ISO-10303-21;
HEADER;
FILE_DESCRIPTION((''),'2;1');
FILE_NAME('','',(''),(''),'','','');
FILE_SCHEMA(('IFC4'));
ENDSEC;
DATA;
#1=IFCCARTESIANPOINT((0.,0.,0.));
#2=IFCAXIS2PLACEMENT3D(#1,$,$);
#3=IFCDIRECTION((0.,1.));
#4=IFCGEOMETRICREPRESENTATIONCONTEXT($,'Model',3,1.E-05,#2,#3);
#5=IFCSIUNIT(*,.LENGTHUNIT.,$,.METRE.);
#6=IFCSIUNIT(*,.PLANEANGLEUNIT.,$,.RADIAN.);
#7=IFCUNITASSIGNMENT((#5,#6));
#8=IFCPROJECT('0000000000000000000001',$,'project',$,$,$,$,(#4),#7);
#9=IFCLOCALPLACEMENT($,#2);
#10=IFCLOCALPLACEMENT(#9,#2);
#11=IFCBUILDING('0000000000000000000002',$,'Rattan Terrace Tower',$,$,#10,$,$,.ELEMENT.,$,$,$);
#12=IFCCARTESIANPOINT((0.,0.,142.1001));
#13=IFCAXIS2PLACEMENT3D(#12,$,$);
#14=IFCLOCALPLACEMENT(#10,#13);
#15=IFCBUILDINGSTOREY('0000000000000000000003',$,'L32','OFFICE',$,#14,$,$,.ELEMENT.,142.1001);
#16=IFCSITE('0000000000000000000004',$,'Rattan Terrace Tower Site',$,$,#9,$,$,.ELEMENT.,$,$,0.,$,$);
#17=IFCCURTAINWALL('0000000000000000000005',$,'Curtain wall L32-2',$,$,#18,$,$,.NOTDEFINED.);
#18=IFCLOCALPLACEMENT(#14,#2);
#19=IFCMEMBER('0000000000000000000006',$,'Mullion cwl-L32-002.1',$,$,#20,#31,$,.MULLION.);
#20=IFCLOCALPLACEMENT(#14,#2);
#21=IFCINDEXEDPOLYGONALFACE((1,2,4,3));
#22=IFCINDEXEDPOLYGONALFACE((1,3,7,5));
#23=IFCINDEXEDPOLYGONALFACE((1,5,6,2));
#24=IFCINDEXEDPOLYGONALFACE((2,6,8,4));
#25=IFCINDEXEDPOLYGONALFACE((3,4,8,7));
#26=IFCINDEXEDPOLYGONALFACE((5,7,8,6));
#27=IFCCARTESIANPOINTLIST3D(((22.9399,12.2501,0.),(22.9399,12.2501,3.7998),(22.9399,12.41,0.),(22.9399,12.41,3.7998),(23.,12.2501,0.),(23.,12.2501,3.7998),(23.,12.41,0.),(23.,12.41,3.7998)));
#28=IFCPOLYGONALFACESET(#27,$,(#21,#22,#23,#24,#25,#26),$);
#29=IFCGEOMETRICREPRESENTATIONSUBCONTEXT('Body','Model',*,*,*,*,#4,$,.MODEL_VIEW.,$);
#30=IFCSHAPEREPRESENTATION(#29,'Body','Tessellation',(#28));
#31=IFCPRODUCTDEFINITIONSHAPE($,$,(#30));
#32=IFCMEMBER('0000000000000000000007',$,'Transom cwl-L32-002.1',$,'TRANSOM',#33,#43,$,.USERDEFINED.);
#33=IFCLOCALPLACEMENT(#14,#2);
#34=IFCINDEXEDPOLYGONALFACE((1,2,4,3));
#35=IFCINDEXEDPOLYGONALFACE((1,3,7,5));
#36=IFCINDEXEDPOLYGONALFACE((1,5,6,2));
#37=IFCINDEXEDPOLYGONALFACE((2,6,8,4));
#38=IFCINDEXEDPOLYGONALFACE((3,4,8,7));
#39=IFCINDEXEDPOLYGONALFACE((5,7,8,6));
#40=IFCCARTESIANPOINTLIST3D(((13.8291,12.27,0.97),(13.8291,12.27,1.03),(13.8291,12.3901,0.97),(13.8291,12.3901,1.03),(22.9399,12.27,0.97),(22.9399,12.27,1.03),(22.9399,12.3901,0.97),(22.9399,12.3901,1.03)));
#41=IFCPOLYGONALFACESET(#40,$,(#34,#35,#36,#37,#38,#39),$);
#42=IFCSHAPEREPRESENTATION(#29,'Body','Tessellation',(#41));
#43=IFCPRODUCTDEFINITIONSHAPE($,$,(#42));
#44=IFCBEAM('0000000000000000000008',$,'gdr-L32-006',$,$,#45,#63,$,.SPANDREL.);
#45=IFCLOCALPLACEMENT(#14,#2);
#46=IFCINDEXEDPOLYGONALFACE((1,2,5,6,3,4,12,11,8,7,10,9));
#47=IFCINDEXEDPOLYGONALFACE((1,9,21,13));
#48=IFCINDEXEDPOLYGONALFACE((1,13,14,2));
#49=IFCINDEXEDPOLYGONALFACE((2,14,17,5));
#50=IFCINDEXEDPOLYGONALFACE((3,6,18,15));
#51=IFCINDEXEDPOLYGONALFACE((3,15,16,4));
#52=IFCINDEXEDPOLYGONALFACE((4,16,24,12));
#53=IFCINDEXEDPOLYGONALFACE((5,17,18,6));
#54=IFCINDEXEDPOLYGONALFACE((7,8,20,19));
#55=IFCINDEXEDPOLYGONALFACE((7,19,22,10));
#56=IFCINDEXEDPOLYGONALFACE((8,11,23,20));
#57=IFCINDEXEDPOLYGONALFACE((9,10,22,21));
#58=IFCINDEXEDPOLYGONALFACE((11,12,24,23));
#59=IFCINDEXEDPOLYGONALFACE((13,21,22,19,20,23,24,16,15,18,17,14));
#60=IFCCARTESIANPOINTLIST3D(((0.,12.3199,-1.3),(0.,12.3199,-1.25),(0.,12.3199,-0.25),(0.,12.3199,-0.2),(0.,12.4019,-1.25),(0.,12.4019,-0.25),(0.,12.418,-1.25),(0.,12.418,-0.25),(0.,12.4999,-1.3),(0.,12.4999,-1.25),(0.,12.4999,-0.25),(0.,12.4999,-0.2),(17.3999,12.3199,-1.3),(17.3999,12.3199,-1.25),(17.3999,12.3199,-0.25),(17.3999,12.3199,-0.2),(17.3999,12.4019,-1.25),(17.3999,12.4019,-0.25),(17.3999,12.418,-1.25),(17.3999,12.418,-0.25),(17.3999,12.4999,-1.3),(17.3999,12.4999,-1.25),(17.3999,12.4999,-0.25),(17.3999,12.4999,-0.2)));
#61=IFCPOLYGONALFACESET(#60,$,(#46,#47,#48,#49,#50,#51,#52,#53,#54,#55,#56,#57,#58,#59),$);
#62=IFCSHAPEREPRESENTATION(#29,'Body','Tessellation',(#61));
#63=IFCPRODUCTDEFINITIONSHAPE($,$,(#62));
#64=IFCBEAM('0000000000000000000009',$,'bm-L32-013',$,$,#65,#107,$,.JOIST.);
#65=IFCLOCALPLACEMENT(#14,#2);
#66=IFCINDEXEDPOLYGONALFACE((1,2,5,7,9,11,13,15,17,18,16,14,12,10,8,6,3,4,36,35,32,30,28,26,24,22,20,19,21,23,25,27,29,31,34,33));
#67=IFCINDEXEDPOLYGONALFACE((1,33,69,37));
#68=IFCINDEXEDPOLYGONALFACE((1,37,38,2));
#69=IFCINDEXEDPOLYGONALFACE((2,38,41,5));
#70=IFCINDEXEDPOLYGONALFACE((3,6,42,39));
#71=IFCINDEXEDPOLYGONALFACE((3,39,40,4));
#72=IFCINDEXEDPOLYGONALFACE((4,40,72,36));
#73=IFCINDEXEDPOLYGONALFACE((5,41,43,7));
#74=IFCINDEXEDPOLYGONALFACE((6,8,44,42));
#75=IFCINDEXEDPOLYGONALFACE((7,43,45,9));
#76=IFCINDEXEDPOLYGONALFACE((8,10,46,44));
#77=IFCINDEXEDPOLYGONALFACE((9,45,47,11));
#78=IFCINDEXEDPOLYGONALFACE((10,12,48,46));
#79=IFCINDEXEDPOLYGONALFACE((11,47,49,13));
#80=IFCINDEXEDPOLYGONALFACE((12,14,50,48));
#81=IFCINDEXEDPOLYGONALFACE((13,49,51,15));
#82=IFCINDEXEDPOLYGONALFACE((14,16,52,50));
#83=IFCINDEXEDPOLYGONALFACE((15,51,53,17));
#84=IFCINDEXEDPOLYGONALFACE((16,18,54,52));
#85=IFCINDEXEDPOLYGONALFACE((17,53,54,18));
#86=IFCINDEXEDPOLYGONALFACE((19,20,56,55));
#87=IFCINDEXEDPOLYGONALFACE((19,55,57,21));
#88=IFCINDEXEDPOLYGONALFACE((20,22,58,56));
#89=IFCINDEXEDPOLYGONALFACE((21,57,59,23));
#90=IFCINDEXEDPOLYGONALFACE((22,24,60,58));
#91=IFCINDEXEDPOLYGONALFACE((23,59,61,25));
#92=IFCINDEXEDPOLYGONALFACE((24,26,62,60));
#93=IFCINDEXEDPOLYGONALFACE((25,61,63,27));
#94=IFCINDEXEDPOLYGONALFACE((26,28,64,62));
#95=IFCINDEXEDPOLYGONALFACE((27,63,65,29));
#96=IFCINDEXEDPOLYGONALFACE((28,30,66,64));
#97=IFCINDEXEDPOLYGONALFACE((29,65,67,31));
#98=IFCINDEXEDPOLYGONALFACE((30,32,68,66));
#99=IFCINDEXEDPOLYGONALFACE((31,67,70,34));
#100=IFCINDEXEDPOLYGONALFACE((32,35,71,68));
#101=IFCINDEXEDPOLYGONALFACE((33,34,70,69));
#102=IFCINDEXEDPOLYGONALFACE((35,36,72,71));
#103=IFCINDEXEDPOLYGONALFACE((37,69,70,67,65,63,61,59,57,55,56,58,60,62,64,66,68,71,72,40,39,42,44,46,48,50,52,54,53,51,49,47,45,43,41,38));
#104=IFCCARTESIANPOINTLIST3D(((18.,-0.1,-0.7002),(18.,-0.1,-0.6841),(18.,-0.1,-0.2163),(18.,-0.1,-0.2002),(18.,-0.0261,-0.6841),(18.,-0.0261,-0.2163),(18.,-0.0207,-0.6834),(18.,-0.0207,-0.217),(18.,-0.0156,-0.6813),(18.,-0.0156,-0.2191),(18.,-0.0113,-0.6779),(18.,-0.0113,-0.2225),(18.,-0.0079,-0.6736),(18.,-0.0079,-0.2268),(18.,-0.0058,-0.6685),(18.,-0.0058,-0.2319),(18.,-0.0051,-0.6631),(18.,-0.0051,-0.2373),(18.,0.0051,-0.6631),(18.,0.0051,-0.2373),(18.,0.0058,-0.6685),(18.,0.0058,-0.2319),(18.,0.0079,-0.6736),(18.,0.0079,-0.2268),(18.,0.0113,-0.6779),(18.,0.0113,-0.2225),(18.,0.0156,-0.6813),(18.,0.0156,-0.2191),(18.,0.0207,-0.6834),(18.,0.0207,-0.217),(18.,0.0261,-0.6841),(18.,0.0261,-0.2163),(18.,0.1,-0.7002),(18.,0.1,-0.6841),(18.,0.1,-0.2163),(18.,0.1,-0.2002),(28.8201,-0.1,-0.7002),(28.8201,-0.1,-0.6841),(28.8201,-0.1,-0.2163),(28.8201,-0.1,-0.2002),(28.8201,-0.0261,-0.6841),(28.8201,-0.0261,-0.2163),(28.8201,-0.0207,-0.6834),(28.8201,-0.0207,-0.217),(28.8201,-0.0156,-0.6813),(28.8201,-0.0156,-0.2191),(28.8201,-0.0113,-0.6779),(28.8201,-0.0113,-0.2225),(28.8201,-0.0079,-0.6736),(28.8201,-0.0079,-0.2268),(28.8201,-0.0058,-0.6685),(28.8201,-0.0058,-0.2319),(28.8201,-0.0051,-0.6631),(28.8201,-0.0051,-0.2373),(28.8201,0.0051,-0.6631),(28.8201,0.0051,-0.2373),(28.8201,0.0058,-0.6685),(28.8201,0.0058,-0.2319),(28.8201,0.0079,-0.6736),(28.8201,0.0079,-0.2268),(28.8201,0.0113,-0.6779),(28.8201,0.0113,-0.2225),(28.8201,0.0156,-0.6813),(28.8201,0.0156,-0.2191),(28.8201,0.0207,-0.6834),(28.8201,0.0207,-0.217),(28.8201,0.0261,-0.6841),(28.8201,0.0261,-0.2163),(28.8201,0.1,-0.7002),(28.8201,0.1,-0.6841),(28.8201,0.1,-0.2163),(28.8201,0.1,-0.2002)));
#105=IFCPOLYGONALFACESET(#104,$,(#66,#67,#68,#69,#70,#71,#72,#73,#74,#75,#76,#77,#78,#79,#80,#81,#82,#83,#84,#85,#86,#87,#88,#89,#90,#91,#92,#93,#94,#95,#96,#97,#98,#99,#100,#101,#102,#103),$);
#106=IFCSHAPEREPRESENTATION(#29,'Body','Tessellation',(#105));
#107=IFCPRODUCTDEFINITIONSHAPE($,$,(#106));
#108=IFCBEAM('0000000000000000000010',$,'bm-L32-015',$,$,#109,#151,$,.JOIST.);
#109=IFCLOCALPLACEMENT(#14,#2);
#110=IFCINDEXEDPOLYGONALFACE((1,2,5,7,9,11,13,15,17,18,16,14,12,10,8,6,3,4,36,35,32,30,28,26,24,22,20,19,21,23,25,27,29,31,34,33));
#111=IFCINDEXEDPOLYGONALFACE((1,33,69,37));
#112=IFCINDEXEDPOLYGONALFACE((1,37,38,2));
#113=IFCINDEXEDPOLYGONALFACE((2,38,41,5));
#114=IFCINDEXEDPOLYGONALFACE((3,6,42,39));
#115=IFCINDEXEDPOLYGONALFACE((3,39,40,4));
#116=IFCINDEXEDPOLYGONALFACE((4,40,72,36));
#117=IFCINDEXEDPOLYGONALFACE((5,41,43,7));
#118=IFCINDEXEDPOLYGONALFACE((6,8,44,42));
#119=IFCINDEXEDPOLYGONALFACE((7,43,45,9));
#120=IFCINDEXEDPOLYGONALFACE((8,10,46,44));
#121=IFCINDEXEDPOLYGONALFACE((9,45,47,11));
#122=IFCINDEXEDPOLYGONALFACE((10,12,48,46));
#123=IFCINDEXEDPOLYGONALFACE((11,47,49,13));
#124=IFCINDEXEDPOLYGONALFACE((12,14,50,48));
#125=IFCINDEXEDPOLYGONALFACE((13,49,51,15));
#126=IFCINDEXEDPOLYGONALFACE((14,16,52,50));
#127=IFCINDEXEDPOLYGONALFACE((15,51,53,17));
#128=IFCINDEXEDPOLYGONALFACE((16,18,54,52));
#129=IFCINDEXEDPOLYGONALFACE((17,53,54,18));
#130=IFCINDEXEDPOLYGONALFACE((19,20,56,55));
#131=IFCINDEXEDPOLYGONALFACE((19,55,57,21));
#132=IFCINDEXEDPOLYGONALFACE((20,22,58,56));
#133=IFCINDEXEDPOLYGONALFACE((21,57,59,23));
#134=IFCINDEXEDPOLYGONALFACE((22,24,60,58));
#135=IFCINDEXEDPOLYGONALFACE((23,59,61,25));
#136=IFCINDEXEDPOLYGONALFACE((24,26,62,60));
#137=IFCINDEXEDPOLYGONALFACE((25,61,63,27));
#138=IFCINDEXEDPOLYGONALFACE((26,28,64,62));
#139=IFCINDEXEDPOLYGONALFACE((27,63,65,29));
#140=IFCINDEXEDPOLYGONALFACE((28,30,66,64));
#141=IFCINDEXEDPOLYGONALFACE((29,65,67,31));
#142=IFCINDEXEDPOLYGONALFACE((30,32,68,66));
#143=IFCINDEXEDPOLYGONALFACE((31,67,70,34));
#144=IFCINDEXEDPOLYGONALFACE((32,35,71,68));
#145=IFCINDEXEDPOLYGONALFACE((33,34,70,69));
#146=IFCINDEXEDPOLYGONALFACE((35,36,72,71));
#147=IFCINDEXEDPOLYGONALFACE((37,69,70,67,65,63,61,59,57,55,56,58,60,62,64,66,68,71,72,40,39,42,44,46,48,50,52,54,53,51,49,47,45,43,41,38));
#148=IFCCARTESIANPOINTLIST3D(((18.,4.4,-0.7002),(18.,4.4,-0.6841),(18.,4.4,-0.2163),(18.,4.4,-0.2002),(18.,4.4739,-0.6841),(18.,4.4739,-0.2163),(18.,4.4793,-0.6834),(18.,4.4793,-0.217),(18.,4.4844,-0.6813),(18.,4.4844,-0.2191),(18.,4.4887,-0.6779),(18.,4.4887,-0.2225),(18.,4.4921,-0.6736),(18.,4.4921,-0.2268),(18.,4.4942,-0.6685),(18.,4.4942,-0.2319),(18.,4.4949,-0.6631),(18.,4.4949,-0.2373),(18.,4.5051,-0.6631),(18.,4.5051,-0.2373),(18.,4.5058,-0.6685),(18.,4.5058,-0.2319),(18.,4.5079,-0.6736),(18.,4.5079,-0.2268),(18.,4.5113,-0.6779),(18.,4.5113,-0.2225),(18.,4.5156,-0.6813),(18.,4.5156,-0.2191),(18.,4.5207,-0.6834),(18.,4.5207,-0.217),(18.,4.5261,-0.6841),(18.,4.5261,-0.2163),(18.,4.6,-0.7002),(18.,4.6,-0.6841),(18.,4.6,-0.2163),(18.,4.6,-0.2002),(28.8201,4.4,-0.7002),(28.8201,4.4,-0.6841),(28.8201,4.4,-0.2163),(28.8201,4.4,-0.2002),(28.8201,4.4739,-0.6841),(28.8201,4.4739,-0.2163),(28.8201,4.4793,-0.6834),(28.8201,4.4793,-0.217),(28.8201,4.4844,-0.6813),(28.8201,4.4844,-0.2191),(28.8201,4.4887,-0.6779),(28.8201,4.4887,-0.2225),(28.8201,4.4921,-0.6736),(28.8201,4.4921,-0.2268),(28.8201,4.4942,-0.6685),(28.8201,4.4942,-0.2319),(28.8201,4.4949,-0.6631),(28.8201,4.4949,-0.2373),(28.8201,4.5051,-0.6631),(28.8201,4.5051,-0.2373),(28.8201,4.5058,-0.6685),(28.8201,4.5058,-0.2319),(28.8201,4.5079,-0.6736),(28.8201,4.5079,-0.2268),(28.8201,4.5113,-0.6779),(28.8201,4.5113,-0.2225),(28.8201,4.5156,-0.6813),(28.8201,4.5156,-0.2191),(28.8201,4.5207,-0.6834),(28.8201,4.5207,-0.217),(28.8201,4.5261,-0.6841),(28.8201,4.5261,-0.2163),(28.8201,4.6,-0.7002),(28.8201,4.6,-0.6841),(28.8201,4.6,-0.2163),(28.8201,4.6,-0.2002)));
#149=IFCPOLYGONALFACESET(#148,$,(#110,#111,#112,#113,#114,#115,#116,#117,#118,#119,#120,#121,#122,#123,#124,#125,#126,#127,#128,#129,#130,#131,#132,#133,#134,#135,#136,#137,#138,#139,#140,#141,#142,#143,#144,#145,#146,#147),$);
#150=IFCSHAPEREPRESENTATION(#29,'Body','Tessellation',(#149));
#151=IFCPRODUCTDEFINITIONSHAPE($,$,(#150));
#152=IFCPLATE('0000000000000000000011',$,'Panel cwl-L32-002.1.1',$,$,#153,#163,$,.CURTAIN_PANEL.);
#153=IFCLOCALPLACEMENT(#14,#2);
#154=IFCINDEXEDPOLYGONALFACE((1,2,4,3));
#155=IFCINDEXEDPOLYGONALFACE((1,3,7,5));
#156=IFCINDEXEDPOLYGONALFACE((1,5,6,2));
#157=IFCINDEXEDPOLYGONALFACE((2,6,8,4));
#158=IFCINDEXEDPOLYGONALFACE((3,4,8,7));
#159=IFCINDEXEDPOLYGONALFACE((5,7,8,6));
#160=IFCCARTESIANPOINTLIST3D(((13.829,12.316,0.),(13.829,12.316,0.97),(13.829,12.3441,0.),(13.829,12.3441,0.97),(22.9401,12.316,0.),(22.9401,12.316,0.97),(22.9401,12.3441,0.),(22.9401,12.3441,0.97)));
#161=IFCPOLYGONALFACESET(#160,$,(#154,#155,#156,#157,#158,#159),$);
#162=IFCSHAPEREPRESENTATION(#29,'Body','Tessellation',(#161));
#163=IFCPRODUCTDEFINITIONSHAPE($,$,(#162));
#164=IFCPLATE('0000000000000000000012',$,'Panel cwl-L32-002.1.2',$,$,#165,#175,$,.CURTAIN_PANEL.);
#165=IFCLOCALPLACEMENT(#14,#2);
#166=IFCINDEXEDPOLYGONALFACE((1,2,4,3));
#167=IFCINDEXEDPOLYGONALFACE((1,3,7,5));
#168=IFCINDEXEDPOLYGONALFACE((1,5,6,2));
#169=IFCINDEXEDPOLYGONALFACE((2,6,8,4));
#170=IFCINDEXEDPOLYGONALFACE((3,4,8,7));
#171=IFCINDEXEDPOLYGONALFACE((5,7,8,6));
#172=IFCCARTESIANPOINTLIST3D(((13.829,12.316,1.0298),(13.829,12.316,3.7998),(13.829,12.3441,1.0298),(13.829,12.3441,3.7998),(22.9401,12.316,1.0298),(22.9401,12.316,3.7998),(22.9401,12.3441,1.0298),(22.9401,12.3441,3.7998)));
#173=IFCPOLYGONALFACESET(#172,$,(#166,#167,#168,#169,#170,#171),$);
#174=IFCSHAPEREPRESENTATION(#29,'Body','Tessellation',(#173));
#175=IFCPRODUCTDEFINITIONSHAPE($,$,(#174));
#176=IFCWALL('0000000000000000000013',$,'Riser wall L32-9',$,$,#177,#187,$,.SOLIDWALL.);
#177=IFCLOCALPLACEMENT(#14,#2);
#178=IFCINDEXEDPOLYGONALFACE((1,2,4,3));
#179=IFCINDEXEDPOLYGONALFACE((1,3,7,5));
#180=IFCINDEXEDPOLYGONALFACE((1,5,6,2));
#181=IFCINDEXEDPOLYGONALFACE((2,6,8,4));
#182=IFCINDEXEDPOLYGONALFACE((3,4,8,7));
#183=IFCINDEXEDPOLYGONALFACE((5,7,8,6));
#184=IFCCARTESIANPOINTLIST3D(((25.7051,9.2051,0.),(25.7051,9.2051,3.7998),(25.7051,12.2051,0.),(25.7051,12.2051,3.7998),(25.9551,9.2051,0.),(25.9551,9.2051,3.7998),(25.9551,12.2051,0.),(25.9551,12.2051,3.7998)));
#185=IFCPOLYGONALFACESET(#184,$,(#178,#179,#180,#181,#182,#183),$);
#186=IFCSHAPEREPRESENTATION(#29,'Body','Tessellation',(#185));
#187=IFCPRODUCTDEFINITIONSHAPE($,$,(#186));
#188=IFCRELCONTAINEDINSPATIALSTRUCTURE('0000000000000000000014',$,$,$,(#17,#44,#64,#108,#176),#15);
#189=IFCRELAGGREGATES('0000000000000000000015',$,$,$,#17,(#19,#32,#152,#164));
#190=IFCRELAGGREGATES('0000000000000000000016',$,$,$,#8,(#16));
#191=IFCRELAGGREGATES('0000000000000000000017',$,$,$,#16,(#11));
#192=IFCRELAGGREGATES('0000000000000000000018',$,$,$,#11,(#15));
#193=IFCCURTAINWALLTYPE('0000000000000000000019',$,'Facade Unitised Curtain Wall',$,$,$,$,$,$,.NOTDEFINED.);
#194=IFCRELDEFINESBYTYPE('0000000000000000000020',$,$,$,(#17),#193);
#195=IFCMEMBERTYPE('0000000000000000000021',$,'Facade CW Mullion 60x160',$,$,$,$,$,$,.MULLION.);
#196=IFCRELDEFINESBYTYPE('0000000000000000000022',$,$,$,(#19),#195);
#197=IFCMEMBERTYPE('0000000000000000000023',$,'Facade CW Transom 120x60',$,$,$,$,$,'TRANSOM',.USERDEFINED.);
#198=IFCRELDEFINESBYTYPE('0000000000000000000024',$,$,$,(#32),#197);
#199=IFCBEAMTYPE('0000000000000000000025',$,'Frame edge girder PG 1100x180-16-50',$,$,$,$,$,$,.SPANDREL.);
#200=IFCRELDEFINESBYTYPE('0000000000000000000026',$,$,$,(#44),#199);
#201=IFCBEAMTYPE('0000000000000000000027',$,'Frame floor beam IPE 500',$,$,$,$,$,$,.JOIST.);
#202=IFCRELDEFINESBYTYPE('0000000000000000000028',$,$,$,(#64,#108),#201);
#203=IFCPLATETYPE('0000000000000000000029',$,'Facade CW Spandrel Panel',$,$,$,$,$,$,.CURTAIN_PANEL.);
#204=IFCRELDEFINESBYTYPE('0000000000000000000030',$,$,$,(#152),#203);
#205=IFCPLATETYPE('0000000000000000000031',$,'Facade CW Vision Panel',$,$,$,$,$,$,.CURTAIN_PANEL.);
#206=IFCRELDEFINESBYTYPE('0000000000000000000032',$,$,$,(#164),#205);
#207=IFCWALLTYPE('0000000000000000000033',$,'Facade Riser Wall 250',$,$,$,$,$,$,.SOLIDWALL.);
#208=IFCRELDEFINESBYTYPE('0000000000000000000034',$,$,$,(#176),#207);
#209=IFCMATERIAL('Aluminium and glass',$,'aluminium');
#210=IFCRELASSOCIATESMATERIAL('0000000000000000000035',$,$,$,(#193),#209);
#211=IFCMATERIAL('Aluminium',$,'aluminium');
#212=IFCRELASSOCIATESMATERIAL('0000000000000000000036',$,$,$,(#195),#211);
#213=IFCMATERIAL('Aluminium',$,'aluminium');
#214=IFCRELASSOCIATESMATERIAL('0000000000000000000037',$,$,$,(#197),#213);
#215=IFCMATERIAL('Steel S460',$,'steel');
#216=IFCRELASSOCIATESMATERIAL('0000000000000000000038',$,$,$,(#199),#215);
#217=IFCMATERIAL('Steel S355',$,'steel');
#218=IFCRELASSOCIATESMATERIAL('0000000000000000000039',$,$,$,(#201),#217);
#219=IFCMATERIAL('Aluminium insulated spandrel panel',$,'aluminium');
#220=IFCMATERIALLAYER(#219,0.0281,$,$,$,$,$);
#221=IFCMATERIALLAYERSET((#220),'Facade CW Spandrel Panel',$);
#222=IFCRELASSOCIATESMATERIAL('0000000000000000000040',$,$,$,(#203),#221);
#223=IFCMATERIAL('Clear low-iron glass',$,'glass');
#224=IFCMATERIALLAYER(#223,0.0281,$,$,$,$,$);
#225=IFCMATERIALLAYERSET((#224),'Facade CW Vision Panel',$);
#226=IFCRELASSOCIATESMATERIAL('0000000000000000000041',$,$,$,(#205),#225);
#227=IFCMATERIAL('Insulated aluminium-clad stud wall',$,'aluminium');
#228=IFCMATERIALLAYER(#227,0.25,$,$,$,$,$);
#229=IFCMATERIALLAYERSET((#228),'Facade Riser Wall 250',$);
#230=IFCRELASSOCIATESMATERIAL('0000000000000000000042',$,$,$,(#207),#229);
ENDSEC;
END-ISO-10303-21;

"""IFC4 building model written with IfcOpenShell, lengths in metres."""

from ifc_helpers import new_model, si_unit, direction, frame, frame_2d, origin, origin_2d, place, context, subcontext, project, spatial, rectangle, i_section, extrude, material, layer, layer_set, material_profile, profile_set, type_object, element, aggregate, save


model = new_model("IFC4")

# Units and contexts
model_context = context("Model", 3, precision=1e-05, world=origin(), true_north=direction((0.0, 1.0)))
body_context = subcontext(model_context, "Body", "Model", "MODEL_VIEW")
ifc_project = project(units=[si_unit("LENGTHUNIT", "METRE"), si_unit("PLANEANGLEUNIT", "RADIAN")], contexts=[model_context])

# Site, building, storey
site_placement = place(None, origin())
site = spatial("IfcSite", under=ifc_project, at=site_placement, Name="Rattan Terrace Tower Site", CompositionType="ELEMENT", RefElevation=0.0)
building_placement = place(site_placement, origin())
building = spatial("IfcBuilding", under=site, at=building_placement, Name="Rattan Terrace Tower", CompositionType="ELEMENT")
storey_placement = place(building_placement, frame((0.0, 0.0, 142.1001)))
storey = spatial("IfcBuildingStorey", under=building, at=storey_placement, Name="L32", Description="OFFICE", CompositionType="ELEMENT", Elevation=142.1001)

# Curtain wall, members
ifc_material_1 = material(Name="Aluminium and glass", Category="aluminium")
curtain_wall_type = type_object("IfcCurtainWallType", Name="Facade Unitised Curtain Wall", PredefinedType="NOTDEFINED", material=ifc_material_1)
curtain_wall_placement = place(storey_placement, origin())
curtain_wall = element("IfcCurtainWall", 1, at=curtain_wall_placement, inside=storey, type_object=curtain_wall_type, Name="Curtain wall L32-2", PredefinedType="NOTDEFINED")
ifc_material_2 = material(Name="Aluminium", Category="aluminium")
ifc_material_profile_1 = material_profile(ifc_material_2, rectangle(XDim=0.0601, YDim=0.1599, at=origin_2d()), Name="Aluminium 60x160")
ifc_profile_set_1 = profile_set([ifc_material_profile_1], Name="Aluminium")
member_type_1 = type_object("IfcMemberType", Name="Facade CW Mullion 60x160", PredefinedType="MULLION", material=ifc_profile_set_1)
member_1_placement = place(storey_placement, frame((22.97, 12.3301, 0.0), z_axis=(0.0, 0.0, 1.0), x_axis=(-1.0, 0.0, 0.0)))
member_1 = element("IfcMember", 2, at=member_1_placement, type_object=member_type_1, Name="Mullion cwl-L32-002.1", PredefinedType="MULLION", context=body_context, shape_type="SweptSolid", body=[
    extrude(rectangle(XDim=0.0601, YDim=0.1599, at=origin_2d()), origin(), (0.0, 0.0, 1.0), 3.7998),
])
ifc_material_3 = material(Name="Aluminium", Category="aluminium")
ifc_material_profile_2 = material_profile(ifc_material_3, rectangle(XDim=0.1201, YDim=0.0601, at=origin_2d()), Name="Aluminium 120x60")
ifc_profile_set_2 = profile_set([ifc_material_profile_2], Name="Aluminium")
member_type_2 = type_object("IfcMemberType", Name="Facade CW Transom 120x60", ElementType="TRANSOM", PredefinedType="USERDEFINED", material=ifc_profile_set_2)
member_2_placement = place(storey_placement, frame((22.9399, 12.3301, 1.0), z_axis=(-1.0, 0.0, 0.0), x_axis=(0.0, -1.0, 0.0)))
member_2 = element("IfcMember", 3, at=member_2_placement, type_object=member_type_2, Name="Transom cwl-L32-002.1", ObjectType="TRANSOM", PredefinedType="USERDEFINED", context=body_context, shape_type="SweptSolid", body=[
    extrude(rectangle(XDim=0.1201, YDim=0.0601, at=origin_2d()), origin(), (0.0, 0.0, 1.0), 9.1108),
])

# Beams
ifc_material_4 = material(Name="Steel S460", Category="steel")
ifc_material_profile_3 = material_profile(ifc_material_4, i_section(OverallWidth=0.1799, OverallDepth=1.1001, WebThickness=0.0161, FlangeThickness=0.05, at=origin_2d()), Name="PG 1100x180-16-50")
ifc_profile_set_3 = profile_set([ifc_material_profile_3], Name="Steel S460")
beam_type_1 = type_object("IfcBeamType", Name="Frame edge girder PG 1100x180-16-50", PredefinedType="SPANDREL", material=ifc_profile_set_3)
beam_placement = place(storey_placement, frame((17.3999, 12.4099, -0.75), z_axis=(-1.0, 0.0, 0.0), x_axis=(0.0, -1.0, 0.0)))
element("IfcBeam", 4, at=beam_placement, inside=storey, type_object=beam_type_1, Name="gdr-L32-006", PredefinedType="SPANDREL", context=body_context, shape_type="SweptSolid", body=[
    extrude(i_section(OverallWidth=0.1799, OverallDepth=1.1001, WebThickness=0.0161, FlangeThickness=0.05, at=origin_2d()), origin(), (0.0, 0.0, 1.0), 17.3999),
])
ifc_material_5 = material(Name="Steel S355", Category="steel")
ifc_material_profile_4 = material_profile(ifc_material_5, i_section(OverallWidth=0.2, OverallDepth=0.5, WebThickness=0.0103, FlangeThickness=0.0161, FilletRadius=0.021, at=origin_2d()), Name="IPE 500")
ifc_profile_set_4 = profile_set([ifc_material_profile_4], Name="Steel S355")
beam_type_2 = type_object("IfcBeamType", Name="Frame floor beam IPE 500", PredefinedType="JOIST", material=ifc_profile_set_4)
for number, where, z_axis, x_axis, name in (
    (5, (18.0, 0.0, -0.4502), (1.0, 0.0, 0.0), (0.0, 1.0, 0.0), "bm-L32-013"),
    (6, (18.0, 4.5, -0.4502), (1.0, 0.0, 0.0), (0.0, 1.0, 0.0), "bm-L32-015"),
):
    element("IfcBeam", number, at=place(storey_placement, frame(where, z_axis=z_axis, x_axis=x_axis)), inside=storey, type_object=beam_type_2, Name=name, PredefinedType="JOIST", context=body_context, shape_type="SweptSolid", body=[
        extrude(i_section(OverallWidth=0.2, OverallDepth=0.5, WebThickness=0.0103, FlangeThickness=0.0161, FilletRadius=0.021, at=origin_2d()), origin(), (0.0, 0.0, 1.0), 10.8201),
    ])

# Plates
ifc_material_6 = material(Name="Aluminium insulated spandrel panel", Category="aluminium")
ifc_layer_1 = layer(ifc_material_6, 0.0281)
ifc_layer_set_1 = layer_set([ifc_layer_1], Name="Facade CW Spandrel Panel")
plate_type_1 = type_object("IfcPlateType", Name="Facade CW Spandrel Panel", PredefinedType="CURTAIN_PANEL", material=ifc_layer_set_1)
plate_1_placement = place(storey_placement, frame((18.3845, 12.3301, 0.0), z_axis=(0.0, 0.0, 1.0), x_axis=(-1.0, 0.0, 0.0)))
plate_1 = element("IfcPlate", 7, at=plate_1_placement, type_object=plate_type_1, Name="Panel cwl-L32-002.1.1", PredefinedType="CURTAIN_PANEL", context=body_context, shape_type="SweptSolid", body=[
    extrude(rectangle(XDim=9.1111, YDim=0.0281, at=origin_2d()), origin(), (0.0, 0.0, 1.0), 0.97),
])
ifc_material_7 = material(Name="Clear low-iron glass", Category="glass")
ifc_layer_2 = layer(ifc_material_7, 0.0281)
ifc_layer_set_2 = layer_set([ifc_layer_2], Name="Facade CW Vision Panel")
plate_type_2 = type_object("IfcPlateType", Name="Facade CW Vision Panel", PredefinedType="CURTAIN_PANEL", material=ifc_layer_set_2)
plate_2_placement = place(storey_placement, frame((18.3845, 12.3301, 1.0298), z_axis=(0.0, 0.0, 1.0), x_axis=(-1.0, 0.0, 0.0)))
plate_2 = element("IfcPlate", 8, at=plate_2_placement, type_object=plate_type_2, Name="Panel cwl-L32-002.1.2", PredefinedType="CURTAIN_PANEL", context=body_context, shape_type="SweptSolid", body=[
    extrude(rectangle(XDim=9.1111, YDim=0.0281, at=origin_2d()), origin(), (0.0, 0.0, 1.0), 2.77),
])
aggregate(curtain_wall, [member_1, member_2, plate_1, plate_2])

# Wall
ifc_material_8 = material(Name="Insulated aluminium-clad stud wall", Category="aluminium")
ifc_layer_3 = layer(ifc_material_8, 0.25)
ifc_layer_set_3 = layer_set([ifc_layer_3], Name="Facade Riser Wall 250")
wall_type_1 = type_object("IfcWallType", Name="Facade Riser Wall 250", PredefinedType="SOLIDWALL", material=ifc_layer_set_3)
wall_1_placement = place(storey_placement, frame((25.8301, 9.2051, 0.0), z_axis=(0.0, 0.0, 1.0), x_axis=(0.0, 1.0, 0.0)))
element("IfcWall", 9, at=wall_1_placement, inside=storey, type_object=wall_type_1, Name="Riser wall L32-9", PredefinedType="SOLIDWALL", context=body_context, shape_type="SweptSolid", body=[
    extrude(rectangle(XDim=3.0, YDim=0.25, at=frame_2d((1.5, 0.0))), origin(), (0.0, 0.0, 1.0), 3.7998),
])

save(model, "model.ifc")
